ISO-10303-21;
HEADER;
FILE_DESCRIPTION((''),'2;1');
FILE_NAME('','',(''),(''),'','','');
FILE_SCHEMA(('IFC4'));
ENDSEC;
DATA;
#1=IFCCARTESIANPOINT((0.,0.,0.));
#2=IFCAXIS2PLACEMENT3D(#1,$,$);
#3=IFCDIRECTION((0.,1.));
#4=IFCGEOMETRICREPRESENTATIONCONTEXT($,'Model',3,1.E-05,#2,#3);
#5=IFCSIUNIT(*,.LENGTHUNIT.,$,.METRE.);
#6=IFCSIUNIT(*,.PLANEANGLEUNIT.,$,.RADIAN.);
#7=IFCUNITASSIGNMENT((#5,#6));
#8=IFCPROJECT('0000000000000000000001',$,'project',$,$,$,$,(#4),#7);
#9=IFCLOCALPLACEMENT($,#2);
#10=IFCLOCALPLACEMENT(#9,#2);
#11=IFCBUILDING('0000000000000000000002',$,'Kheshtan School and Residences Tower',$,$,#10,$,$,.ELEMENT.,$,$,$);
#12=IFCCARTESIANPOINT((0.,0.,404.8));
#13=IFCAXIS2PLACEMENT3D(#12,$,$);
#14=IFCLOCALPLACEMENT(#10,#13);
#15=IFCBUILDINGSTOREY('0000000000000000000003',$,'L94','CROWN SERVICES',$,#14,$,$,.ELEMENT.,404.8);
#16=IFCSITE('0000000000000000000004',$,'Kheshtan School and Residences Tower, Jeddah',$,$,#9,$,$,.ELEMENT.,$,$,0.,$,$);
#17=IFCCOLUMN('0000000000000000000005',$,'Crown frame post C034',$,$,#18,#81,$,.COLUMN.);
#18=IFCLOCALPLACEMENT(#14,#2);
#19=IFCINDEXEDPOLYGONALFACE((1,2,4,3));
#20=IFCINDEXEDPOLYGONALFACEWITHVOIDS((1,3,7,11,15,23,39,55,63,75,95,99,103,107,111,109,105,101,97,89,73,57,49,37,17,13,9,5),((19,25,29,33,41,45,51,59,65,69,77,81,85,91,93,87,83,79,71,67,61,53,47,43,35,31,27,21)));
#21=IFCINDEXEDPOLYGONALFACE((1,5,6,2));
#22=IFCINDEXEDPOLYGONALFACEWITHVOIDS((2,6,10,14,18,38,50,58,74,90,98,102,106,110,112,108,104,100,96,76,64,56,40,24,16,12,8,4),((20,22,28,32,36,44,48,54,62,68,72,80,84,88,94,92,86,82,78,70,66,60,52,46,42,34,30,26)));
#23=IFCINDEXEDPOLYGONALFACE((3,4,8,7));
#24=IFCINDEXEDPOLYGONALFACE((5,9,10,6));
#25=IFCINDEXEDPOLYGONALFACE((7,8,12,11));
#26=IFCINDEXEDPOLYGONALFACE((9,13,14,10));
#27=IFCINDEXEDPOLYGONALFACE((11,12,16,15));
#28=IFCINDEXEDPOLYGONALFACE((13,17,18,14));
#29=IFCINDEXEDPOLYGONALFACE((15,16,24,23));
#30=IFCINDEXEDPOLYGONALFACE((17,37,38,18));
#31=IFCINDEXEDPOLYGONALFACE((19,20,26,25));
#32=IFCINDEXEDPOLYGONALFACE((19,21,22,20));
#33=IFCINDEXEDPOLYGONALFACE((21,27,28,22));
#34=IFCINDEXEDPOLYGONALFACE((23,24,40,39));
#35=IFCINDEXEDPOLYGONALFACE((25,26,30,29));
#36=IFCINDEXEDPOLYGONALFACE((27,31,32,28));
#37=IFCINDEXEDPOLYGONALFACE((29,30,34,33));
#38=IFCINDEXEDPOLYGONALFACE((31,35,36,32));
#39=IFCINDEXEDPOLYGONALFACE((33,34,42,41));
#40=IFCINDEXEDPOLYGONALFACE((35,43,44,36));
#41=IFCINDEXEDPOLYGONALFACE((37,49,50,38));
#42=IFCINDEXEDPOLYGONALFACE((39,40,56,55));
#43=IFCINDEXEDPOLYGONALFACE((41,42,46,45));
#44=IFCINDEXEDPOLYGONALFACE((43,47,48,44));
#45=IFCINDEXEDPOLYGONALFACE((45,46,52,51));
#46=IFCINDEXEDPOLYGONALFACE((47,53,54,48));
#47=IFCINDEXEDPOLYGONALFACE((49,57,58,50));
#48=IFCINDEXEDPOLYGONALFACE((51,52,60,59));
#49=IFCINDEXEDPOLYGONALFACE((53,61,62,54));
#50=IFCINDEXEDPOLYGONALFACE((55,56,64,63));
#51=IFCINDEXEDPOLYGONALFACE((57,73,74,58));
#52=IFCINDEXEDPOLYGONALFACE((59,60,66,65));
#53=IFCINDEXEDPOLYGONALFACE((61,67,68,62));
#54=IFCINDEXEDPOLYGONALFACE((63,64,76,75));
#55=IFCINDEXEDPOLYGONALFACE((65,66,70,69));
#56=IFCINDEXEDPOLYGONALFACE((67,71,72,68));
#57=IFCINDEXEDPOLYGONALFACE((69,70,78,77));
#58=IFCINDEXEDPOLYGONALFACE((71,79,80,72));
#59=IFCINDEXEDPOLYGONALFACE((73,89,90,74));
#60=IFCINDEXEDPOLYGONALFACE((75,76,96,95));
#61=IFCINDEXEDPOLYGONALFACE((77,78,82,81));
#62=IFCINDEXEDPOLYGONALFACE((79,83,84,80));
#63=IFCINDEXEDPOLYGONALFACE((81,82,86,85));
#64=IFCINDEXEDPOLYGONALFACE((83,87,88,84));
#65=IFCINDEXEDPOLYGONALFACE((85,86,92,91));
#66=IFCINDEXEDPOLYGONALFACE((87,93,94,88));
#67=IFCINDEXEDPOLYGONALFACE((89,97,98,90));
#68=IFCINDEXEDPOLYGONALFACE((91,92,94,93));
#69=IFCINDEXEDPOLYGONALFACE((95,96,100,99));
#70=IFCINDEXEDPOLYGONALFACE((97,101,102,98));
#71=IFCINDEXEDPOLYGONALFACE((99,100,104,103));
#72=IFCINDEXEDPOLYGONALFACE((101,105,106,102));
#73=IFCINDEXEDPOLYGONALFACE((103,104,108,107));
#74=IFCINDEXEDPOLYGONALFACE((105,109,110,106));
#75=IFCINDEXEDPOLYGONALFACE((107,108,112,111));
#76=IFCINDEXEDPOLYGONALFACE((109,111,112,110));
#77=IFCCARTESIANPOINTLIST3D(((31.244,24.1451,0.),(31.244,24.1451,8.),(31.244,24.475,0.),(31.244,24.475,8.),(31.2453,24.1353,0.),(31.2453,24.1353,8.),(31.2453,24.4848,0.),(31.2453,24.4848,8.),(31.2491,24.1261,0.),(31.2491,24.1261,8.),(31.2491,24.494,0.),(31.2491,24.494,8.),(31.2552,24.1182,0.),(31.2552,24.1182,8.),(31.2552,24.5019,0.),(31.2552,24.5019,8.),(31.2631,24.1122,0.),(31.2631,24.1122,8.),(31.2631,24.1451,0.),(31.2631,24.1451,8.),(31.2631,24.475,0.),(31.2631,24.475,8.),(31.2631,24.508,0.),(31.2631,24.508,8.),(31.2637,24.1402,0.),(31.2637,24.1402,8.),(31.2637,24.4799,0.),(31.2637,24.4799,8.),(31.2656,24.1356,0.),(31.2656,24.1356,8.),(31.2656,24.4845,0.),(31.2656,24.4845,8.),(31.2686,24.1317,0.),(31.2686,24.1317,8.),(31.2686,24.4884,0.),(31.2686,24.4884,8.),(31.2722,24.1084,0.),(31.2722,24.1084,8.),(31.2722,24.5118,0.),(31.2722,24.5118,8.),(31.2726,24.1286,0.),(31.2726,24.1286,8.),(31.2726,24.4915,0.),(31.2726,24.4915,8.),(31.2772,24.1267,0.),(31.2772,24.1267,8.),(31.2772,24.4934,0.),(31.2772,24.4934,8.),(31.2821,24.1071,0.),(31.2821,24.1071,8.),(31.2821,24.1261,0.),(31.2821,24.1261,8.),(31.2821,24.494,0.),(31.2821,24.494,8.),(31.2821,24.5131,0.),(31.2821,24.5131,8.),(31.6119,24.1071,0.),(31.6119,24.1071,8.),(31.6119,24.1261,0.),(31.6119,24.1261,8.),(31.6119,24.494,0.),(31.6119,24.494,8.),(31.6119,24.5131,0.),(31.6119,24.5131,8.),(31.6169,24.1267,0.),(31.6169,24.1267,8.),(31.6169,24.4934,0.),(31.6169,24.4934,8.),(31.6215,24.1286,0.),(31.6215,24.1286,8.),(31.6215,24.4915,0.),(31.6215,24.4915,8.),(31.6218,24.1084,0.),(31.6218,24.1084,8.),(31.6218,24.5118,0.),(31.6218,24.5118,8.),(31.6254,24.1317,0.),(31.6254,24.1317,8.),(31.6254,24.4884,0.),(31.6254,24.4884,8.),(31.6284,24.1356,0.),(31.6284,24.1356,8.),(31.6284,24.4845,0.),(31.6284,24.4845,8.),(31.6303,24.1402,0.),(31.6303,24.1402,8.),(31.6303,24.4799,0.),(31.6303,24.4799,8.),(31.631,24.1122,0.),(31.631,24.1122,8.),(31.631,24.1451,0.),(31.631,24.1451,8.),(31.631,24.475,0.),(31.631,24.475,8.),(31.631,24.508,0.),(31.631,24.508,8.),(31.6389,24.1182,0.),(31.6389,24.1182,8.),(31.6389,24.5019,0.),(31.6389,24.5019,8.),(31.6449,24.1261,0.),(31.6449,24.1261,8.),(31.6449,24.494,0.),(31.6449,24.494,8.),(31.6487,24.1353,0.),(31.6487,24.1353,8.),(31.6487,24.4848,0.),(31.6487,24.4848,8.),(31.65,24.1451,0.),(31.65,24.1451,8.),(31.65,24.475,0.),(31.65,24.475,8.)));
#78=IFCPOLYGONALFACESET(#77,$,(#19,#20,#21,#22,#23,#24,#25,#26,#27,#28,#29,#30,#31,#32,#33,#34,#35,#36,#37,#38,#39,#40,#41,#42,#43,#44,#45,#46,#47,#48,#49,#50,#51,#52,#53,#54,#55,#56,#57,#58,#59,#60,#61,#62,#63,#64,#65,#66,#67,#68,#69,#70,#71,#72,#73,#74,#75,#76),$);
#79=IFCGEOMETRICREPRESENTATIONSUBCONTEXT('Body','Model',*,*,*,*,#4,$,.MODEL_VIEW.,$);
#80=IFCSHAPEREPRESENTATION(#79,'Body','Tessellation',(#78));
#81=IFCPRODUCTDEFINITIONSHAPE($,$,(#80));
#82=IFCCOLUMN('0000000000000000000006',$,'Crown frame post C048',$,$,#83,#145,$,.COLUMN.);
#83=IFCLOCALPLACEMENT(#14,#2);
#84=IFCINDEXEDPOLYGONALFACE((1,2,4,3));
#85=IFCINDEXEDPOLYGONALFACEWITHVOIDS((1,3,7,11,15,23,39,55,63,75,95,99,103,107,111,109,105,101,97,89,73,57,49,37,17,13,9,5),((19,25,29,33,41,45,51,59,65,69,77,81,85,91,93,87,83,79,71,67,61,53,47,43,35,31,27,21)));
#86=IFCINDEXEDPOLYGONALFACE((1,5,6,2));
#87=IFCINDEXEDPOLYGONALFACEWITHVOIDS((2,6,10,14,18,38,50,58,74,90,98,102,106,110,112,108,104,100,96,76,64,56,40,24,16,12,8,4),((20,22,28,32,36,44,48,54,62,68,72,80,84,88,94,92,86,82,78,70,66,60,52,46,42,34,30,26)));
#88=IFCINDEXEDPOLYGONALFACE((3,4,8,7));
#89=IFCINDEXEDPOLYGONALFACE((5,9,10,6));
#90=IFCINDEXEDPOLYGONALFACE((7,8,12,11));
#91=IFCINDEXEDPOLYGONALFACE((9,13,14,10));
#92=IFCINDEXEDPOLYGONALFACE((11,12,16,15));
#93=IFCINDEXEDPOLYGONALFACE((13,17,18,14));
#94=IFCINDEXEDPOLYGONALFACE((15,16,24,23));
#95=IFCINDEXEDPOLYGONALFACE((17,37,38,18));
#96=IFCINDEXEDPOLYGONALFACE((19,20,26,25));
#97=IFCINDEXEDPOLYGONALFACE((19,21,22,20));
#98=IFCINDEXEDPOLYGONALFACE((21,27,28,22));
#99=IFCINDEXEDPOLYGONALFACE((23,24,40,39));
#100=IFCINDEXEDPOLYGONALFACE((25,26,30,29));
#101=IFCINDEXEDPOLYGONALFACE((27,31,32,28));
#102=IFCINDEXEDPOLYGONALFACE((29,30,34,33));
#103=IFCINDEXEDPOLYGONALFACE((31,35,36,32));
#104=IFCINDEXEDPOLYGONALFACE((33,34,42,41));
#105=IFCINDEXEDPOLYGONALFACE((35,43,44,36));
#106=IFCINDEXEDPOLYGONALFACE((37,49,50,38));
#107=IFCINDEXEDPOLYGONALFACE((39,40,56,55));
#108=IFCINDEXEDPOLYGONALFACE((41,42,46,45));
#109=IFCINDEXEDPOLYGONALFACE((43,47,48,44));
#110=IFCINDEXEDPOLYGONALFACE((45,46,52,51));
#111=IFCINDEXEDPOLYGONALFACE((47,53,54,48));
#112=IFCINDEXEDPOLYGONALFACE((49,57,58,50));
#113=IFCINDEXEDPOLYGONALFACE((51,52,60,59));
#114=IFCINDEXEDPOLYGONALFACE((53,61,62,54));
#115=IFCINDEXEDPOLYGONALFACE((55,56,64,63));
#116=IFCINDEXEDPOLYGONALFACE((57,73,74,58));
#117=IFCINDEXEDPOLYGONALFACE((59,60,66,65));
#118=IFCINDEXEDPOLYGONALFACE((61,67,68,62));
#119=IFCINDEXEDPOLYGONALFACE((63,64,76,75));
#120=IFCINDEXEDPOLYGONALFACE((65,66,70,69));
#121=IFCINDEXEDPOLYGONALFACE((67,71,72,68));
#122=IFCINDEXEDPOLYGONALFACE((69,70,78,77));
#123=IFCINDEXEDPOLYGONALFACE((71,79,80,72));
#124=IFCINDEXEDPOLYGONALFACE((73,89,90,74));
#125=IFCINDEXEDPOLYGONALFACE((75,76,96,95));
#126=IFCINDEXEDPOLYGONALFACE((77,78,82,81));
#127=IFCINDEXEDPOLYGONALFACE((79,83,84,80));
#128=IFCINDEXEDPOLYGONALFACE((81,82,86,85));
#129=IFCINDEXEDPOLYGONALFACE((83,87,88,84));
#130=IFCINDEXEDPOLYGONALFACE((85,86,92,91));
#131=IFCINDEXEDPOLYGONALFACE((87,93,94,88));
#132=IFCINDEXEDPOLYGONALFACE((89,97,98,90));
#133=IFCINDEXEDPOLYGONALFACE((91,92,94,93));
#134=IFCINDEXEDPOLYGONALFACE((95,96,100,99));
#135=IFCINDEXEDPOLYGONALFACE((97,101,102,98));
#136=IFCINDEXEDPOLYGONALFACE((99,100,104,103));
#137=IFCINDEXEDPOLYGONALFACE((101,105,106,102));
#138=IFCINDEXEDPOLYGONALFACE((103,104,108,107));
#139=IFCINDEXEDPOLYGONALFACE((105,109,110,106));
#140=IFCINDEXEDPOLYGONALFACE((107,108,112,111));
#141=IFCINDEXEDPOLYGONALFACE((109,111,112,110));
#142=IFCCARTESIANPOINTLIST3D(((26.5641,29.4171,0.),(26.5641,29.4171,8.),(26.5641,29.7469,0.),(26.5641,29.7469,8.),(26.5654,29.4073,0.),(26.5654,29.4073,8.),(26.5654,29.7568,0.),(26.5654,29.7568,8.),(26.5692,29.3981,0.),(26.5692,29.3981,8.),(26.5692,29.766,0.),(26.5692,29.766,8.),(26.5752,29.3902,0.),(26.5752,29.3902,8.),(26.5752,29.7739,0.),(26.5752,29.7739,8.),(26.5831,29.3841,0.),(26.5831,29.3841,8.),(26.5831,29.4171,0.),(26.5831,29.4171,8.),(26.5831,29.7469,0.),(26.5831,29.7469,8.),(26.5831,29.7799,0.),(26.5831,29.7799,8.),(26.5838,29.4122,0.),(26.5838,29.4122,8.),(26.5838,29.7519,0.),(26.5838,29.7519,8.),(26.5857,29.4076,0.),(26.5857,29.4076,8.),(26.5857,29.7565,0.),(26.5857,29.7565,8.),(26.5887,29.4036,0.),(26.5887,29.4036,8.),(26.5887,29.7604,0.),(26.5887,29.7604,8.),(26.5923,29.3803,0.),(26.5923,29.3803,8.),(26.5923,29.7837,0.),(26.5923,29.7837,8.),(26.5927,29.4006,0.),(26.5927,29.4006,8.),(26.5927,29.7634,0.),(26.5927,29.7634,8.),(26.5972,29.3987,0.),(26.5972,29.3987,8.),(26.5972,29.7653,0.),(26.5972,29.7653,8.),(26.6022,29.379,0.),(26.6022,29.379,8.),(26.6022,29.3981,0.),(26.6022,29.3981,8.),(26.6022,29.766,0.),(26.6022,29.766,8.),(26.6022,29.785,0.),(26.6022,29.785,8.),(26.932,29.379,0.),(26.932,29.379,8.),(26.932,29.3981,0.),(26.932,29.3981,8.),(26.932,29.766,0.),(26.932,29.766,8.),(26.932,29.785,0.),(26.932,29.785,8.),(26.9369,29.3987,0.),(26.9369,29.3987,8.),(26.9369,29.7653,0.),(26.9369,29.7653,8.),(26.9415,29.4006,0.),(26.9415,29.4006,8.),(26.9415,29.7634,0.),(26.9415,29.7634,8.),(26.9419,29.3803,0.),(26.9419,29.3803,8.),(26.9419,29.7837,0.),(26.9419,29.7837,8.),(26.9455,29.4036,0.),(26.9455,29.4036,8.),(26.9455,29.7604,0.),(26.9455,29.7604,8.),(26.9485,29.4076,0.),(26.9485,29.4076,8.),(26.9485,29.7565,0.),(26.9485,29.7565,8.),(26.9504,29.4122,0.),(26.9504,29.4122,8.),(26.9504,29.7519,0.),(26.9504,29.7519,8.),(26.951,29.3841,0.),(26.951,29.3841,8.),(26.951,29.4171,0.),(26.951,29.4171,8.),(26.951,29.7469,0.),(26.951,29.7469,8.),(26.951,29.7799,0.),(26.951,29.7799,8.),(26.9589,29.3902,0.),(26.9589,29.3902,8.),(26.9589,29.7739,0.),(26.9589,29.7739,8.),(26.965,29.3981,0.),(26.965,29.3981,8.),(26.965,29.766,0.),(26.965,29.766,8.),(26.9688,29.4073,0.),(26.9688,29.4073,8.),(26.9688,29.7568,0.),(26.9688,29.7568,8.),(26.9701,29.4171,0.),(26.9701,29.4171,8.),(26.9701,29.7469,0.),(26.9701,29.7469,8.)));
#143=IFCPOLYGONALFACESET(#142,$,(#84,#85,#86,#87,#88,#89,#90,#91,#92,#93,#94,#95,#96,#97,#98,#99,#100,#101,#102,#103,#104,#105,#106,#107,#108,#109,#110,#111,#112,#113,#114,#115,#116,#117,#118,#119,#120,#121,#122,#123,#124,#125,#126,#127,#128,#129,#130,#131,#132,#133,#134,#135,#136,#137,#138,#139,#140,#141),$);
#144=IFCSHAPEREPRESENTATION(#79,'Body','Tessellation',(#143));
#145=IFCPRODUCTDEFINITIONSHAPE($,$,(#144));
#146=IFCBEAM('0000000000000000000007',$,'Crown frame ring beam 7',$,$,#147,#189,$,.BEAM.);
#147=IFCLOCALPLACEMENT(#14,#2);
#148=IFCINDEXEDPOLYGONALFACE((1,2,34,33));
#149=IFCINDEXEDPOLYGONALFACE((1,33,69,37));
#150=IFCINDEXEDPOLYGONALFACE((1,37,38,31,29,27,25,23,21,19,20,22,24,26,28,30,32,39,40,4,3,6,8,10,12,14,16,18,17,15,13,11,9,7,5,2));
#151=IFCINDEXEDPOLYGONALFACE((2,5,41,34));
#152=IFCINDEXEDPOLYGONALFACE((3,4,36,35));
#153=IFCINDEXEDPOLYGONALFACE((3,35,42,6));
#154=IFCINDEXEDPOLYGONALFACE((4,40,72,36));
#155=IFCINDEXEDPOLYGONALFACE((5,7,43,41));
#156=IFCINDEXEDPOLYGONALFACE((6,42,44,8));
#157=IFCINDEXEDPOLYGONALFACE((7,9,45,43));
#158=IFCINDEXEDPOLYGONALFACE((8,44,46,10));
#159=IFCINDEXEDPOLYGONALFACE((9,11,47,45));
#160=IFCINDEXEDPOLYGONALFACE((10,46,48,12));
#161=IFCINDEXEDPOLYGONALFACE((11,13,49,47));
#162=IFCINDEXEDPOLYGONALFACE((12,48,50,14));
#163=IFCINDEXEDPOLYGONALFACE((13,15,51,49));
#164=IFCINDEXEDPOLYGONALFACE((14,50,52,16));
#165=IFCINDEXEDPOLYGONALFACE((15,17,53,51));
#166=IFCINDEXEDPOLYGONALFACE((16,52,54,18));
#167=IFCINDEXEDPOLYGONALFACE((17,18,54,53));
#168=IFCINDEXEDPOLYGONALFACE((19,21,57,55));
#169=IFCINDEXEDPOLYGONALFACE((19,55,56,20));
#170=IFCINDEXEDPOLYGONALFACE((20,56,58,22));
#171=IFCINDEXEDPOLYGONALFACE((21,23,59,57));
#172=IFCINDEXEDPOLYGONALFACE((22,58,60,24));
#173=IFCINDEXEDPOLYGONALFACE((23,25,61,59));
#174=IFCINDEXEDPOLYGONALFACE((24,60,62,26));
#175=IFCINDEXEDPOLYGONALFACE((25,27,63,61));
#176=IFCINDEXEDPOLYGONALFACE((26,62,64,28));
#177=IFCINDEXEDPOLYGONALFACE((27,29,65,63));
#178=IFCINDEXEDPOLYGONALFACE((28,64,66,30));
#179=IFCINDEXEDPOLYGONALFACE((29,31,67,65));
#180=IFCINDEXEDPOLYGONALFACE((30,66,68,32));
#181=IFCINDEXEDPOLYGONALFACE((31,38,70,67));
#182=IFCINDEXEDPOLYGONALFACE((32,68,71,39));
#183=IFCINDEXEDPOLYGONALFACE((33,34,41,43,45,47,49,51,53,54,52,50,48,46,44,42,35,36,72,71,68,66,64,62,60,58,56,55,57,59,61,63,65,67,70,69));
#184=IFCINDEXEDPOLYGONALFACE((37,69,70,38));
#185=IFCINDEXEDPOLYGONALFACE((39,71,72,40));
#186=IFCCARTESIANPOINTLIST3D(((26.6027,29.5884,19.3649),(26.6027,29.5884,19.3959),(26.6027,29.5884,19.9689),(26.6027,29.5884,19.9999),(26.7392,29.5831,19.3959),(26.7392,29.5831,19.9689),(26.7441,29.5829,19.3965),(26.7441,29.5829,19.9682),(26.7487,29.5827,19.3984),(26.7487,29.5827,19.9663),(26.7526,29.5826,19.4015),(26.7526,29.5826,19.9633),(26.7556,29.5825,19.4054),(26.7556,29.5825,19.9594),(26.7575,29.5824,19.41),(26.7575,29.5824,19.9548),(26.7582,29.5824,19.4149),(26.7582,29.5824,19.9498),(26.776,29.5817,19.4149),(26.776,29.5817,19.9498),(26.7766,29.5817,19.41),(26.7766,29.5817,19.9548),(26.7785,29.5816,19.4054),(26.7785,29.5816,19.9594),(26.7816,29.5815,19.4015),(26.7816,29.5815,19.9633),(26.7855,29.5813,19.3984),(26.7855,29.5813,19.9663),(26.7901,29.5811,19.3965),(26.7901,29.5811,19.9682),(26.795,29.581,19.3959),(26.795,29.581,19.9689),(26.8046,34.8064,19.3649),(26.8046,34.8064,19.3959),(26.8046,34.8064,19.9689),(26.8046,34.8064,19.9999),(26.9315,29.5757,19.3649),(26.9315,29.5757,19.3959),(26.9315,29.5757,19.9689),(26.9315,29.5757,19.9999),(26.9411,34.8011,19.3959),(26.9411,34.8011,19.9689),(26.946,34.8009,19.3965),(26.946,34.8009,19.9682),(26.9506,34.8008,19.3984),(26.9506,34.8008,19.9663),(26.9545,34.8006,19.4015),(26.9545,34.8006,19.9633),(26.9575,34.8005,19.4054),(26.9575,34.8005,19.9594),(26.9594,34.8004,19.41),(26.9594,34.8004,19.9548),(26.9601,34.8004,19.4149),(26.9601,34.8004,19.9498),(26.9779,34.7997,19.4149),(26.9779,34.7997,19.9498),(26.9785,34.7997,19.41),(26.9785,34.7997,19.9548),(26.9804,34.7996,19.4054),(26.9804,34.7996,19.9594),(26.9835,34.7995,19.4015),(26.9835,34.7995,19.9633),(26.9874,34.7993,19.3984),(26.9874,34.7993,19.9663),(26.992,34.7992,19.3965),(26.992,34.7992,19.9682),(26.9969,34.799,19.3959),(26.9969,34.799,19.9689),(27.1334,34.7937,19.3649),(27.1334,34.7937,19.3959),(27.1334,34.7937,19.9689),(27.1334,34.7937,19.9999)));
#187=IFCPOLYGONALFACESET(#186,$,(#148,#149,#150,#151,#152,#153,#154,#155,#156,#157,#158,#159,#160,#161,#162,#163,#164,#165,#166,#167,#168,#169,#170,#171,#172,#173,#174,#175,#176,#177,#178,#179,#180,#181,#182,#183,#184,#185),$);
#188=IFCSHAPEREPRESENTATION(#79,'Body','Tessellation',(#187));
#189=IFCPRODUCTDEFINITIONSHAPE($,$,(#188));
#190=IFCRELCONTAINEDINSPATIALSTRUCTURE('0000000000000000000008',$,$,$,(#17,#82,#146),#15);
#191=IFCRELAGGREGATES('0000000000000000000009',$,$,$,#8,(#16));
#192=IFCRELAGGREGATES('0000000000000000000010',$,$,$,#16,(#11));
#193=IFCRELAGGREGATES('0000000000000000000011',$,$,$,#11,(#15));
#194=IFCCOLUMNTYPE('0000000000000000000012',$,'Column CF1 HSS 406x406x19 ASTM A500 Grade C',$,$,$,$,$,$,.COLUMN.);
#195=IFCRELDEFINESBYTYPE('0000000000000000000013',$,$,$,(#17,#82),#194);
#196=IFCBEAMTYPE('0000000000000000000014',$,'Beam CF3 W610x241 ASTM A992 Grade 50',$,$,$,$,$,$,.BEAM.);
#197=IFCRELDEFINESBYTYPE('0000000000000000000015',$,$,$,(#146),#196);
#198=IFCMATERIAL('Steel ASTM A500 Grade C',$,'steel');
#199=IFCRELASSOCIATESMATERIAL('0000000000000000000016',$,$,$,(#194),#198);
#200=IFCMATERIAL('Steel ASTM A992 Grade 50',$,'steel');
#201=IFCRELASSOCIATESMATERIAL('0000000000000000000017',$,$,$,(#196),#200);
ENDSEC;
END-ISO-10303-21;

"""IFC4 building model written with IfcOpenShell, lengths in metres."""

from ifc_helpers import new_model, si_unit, direction, frame, origin, origin_2d, place, context, subcontext, project, spatial, hollow_rectangle, i_section, extrude, material, material_profile, profile_set, type_object, element, save


model = new_model("IFC4")

# Units and contexts
model_context = context("Model", 3, precision=1e-05, world=origin(), true_north=direction((0.0, 1.0)))
body_context = subcontext(model_context, "Body", "Model", "MODEL_VIEW")
ifc_project = project(units=[si_unit("LENGTHUNIT", "METRE"), si_unit("PLANEANGLEUNIT", "RADIAN")], contexts=[model_context])

# Site, building, storey
site_placement = place(None, origin())
site = spatial("IfcSite", under=ifc_project, at=site_placement, Name="Kheshtan School and Residences Tower, Jeddah", CompositionType="ELEMENT", RefElevation=0.0)
building_placement = place(site_placement, origin())
building = spatial("IfcBuilding", under=site, at=building_placement, Name="Kheshtan School and Residences Tower", CompositionType="ELEMENT")
storey_placement = place(building_placement, frame((0.0, 0.0, 404.8)))
storey = spatial("IfcBuildingStorey", under=building, at=storey_placement, Name="L94", Description="CROWN SERVICES", CompositionType="ELEMENT", Elevation=404.8)

# Columns
ifc_material_1 = material(Name="Steel ASTM A500 Grade C", Category="steel")
ifc_material_profile_1 = material_profile(ifc_material_1, hollow_rectangle(XDim=0.406, YDim=0.406, WallThickness=0.019, InnerFilletRadius=0.019, OuterFilletRadius=0.0381, at=origin_2d()), Name="HSS 406x406x19")
ifc_profile_set_1 = profile_set([ifc_material_profile_1], Name="Steel ASTM A500 Grade C")
column_type = type_object("IfcColumnType", Name="Column CF1 HSS 406x406x19 ASTM A500 Grade C", PredefinedType="COLUMN", material=ifc_profile_set_1)
for number, where, z_axis, x_axis, name in (
    (1, (31.447, 24.3101, 0.0), (0.0, 0.0, 1.0), (1.0, 0.0, 0.0), "Crown frame post C034"),
    (2, (26.7671, 29.582, 0.0), (0.0, 0.0, 1.0), (1.0, 0.0, 0.0), "Crown frame post C048"),
):
    element("IfcColumn", number, at=place(storey_placement, frame(where, z_axis=z_axis, x_axis=x_axis)), inside=storey, type_object=column_type, Name=name, PredefinedType="COLUMN", context=body_context, shape_type="SweptSolid", body=[
        extrude(hollow_rectangle(XDim=0.406, YDim=0.406, WallThickness=0.019, InnerFilletRadius=0.019, OuterFilletRadius=0.0381, at=origin_2d()), origin(), (0.0, 0.0, 1.0), 8.0),
    ])

# Beam
ifc_material_2 = material(Name="Steel ASTM A992 Grade 50", Category="steel")
ifc_material_profile_2 = material_profile(ifc_material_2, i_section(OverallWidth=0.3291, OverallDepth=0.635, WebThickness=0.0178, FlangeThickness=0.031, FilletRadius=0.019, at=origin_2d()), Name="W610x241")
ifc_profile_set_2 = profile_set([ifc_material_profile_2], Name="Steel ASTM A992 Grade 50")
beam_type_1 = type_object("IfcBeamType", Name="Beam CF3 W610x241 ASTM A992 Grade 50", PredefinedType="BEAM", material=ifc_profile_set_2)
beam_1_placement = place(storey_placement, frame((26.7671, 29.582, 19.6824), z_axis=(0.038665, 0.999252, 0.0), x_axis=(-0.999252, 0.038665, 0.0)))
element("IfcBeam", 3, at=beam_1_placement, inside=storey, type_object=beam_type_1, Name="Crown frame ring beam 7", PredefinedType="BEAM", context=body_context, shape_type="SweptSolid", body=[
    extrude(i_section(OverallWidth=0.3291, OverallDepth=0.635, WebThickness=0.0178, FlangeThickness=0.031, FilletRadius=0.019, at=origin_2d()), origin(), (0.0, 0.0, 1.0), 5.2219),
])

save(model, "model.ifc")
